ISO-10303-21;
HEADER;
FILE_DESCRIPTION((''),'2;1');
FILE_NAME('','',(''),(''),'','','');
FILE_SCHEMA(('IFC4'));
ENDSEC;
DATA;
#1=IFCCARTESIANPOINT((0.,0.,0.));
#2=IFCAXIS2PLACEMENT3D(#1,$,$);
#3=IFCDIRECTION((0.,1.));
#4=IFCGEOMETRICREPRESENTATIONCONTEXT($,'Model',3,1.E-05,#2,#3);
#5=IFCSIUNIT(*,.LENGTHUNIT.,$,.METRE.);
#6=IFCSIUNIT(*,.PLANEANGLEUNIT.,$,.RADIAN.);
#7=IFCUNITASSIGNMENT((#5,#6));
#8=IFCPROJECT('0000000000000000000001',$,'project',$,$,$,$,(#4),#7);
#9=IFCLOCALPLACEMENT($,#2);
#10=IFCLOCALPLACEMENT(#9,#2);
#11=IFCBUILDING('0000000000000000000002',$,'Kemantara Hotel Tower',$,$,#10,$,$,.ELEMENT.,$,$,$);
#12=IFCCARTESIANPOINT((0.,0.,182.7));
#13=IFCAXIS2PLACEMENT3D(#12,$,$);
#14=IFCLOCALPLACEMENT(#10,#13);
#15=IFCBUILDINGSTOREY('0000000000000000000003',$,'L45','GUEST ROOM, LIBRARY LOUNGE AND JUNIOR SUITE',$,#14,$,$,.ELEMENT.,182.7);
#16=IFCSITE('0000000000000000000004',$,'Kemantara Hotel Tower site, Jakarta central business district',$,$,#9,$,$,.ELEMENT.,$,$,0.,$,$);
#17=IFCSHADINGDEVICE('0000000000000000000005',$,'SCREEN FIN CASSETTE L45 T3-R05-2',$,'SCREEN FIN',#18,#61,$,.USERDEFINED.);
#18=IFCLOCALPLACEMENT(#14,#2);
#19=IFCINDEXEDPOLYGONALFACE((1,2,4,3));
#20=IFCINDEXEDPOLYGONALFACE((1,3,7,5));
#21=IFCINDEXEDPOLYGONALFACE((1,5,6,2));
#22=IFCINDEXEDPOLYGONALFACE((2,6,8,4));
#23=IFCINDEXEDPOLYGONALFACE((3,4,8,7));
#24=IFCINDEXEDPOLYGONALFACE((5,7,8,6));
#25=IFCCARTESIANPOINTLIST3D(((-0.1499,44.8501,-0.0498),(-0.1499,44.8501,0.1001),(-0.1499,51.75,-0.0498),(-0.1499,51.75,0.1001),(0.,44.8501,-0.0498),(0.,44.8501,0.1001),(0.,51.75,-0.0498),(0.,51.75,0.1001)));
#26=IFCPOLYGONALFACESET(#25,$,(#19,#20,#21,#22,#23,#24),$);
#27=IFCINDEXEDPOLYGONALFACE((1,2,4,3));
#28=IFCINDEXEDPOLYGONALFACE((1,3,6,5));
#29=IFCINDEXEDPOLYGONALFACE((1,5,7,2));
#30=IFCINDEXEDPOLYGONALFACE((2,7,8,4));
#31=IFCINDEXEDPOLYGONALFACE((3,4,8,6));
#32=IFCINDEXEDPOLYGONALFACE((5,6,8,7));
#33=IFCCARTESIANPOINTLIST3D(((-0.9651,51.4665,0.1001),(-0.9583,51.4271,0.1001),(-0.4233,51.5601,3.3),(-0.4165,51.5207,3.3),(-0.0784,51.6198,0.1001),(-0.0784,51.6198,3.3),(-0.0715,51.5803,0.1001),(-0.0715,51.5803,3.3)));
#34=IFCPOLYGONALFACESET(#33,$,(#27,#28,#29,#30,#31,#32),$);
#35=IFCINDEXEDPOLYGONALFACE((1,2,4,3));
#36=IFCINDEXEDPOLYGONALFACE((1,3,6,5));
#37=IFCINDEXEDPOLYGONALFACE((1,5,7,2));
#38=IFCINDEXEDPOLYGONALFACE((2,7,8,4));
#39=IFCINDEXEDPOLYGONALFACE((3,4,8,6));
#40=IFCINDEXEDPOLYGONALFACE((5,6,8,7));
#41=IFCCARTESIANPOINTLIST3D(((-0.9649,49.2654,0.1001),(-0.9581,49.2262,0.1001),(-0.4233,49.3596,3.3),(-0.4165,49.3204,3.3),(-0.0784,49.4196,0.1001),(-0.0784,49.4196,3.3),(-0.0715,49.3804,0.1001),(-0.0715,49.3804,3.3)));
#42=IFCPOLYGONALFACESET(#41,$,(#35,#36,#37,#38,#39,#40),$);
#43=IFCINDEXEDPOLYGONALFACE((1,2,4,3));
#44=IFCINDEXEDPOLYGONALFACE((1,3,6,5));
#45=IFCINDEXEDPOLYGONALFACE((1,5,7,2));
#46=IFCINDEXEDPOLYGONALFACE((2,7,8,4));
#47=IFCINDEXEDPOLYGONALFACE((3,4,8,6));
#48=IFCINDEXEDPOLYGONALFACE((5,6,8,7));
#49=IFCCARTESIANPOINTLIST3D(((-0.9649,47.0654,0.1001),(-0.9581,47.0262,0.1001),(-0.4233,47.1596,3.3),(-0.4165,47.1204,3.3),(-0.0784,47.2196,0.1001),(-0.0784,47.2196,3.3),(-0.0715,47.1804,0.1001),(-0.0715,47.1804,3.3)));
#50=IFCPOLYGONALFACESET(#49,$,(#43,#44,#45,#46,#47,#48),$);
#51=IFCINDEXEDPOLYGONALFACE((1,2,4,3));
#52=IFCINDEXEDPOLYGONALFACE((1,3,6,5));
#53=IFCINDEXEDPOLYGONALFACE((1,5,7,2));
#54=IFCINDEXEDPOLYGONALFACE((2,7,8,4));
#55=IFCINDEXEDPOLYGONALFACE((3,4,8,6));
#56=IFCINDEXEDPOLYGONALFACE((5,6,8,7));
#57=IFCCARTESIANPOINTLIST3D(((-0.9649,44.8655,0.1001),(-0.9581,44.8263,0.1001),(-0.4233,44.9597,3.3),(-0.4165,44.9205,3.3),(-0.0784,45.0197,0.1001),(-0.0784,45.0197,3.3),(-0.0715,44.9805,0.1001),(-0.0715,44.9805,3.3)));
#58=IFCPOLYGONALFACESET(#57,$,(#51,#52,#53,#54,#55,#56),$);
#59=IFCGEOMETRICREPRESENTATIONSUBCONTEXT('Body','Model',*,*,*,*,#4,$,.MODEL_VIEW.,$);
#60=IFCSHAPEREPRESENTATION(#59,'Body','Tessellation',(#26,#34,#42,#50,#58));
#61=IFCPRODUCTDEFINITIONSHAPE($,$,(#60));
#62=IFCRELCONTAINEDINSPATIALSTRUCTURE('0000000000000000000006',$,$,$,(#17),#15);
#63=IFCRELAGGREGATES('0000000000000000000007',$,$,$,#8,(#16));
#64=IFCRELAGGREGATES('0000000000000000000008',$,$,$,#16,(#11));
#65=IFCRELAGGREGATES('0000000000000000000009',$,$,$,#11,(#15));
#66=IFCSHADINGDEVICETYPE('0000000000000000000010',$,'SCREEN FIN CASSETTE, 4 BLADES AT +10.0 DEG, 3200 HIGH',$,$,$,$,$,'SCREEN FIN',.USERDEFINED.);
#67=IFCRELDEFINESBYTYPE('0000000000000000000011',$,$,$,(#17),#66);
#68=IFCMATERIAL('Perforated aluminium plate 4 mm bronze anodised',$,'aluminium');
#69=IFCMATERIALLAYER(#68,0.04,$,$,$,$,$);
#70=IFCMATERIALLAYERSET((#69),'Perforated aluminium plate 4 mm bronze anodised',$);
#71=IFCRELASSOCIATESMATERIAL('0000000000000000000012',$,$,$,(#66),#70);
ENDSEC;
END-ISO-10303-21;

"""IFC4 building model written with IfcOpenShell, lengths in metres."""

from ifc_helpers import new_model, si_unit, direction, frame, origin, origin_2d, place, context, subcontext, project, spatial, polyline, rectangle, outline, extrude, source, transform, mapped, material, layer, layer_set, type_object, element, save


model = new_model("IFC4")

# Units and contexts
model_context = context("Model", 3, precision=1e-05, world=origin(), true_north=direction((0.0, 1.0)))
body_context = subcontext(model_context, "Body", "Model", "MODEL_VIEW")
ifc_project = project(units=[si_unit("LENGTHUNIT", "METRE"), si_unit("PLANEANGLEUNIT", "RADIAN")], contexts=[model_context])

# Site, building, storey
site_placement = place(None, origin())
site = spatial("IfcSite", under=ifc_project, at=site_placement, Name="Kemantara Hotel Tower site, Jakarta central business district", CompositionType="ELEMENT", RefElevation=0.0)
building_placement = place(site_placement, origin())
building = spatial("IfcBuilding", under=site, at=building_placement, Name="Kemantara Hotel Tower", CompositionType="ELEMENT")
storey_placement = place(building_placement, frame((0.0, 0.0, 182.7)))
storey = spatial("IfcBuildingStorey", under=building, at=storey_placement, Name="L45", Description="GUEST ROOM, LIBRARY LOUNGE AND JUNIOR SUITE", CompositionType="ELEMENT", Elevation=182.7)

# Shading device
ifc_material_1 = material(Name="Perforated aluminium plate 4 mm bronze anodised", Category="aluminium")
ifc_layer_1 = layer(ifc_material_1, 0.04)
ifc_layer_set_1 = layer_set([ifc_layer_1], Name="Perforated aluminium plate 4 mm bronze anodised")
shading_device_type_1 = type_object("IfcShadingDeviceType", Name="SCREEN FIN CASSETTE, 4 BLADES AT +10.0 DEG, 3200 HIGH", ElementType="SCREEN FIN", PredefinedType="USERDEFINED", material=ifc_layer_set_1)
shared_shape_1 = source(origin(), body_context, "Body", "SweptSolid", [
    extrude(rectangle(XDim=6.8999, YDim=0.1499, at=origin_2d()), frame((3.3, -0.075, -0.1499), z_axis=(0.0, 0.0, 1.0), x_axis=(1.0, 0.0, 0.0)), (0.0, 0.0, 1.0), 0.1499),
    extrude(outline(polyline([(0.0, 0.0), (0.8999, 0.0), (0.3501, 3.2), (0.0, 3.2), (0.0, 0.0)])), frame((0.0198, -0.0715, 0.0), z_axis=(-0.98539, -0.170314, 0.0), x_axis=(0.170314, -0.98539, 0.0)), (0.0, 0.0, 1.0), 0.04),
    extrude(outline(polyline([(0.0, 0.0), (0.8999, 0.0), (0.3501, 3.2), (0.0, 3.2), (0.0, 0.0)])), frame((2.2197, -0.0715, 0.0), z_axis=(-0.985212, -0.171341, 0.0), x_axis=(0.171341, -0.985212, 0.0)), (0.0, 0.0, 1.0), 0.0398),
    extrude(outline(polyline([(0.0, 0.0), (0.8999, 0.0), (0.3501, 3.2), (0.0, 3.2), (0.0, 0.0)])), frame((4.4197, -0.0715, 0.0), z_axis=(-0.985212, -0.171341, 0.0), x_axis=(0.171341, -0.985212, 0.0)), (0.0, 0.0, 1.0), 0.0398),
    extrude(outline(polyline([(0.0, 0.0), (0.8999, 0.0), (0.3501, 3.2), (0.0, 3.2), (0.0, 0.0)])), frame((6.6196, -0.0715, 0.0), z_axis=(-0.985212, -0.171341, 0.0), x_axis=(0.171341, -0.985212, 0.0)), (0.0, 0.0, 1.0), 0.0398),
])
shading_device_1_placement = place(storey_placement, frame((0.0, 51.6001, 0.1001), z_axis=(0.0, 0.0, 1.0), x_axis=(0.0, -1.0, 0.0)))
element("IfcShadingDevice", 1, at=shading_device_1_placement, inside=storey, type_object=shading_device_type_1, Name="SCREEN FIN CASSETTE L45 T3-R05-2", ObjectType="SCREEN FIN", PredefinedType="USERDEFINED", context=body_context, shape_type="MappedRepresentation", body=[
    mapped(shared_shape_1, transform((0.0, 0.0, 0.0))),
])

save(model, "model.ifc")
